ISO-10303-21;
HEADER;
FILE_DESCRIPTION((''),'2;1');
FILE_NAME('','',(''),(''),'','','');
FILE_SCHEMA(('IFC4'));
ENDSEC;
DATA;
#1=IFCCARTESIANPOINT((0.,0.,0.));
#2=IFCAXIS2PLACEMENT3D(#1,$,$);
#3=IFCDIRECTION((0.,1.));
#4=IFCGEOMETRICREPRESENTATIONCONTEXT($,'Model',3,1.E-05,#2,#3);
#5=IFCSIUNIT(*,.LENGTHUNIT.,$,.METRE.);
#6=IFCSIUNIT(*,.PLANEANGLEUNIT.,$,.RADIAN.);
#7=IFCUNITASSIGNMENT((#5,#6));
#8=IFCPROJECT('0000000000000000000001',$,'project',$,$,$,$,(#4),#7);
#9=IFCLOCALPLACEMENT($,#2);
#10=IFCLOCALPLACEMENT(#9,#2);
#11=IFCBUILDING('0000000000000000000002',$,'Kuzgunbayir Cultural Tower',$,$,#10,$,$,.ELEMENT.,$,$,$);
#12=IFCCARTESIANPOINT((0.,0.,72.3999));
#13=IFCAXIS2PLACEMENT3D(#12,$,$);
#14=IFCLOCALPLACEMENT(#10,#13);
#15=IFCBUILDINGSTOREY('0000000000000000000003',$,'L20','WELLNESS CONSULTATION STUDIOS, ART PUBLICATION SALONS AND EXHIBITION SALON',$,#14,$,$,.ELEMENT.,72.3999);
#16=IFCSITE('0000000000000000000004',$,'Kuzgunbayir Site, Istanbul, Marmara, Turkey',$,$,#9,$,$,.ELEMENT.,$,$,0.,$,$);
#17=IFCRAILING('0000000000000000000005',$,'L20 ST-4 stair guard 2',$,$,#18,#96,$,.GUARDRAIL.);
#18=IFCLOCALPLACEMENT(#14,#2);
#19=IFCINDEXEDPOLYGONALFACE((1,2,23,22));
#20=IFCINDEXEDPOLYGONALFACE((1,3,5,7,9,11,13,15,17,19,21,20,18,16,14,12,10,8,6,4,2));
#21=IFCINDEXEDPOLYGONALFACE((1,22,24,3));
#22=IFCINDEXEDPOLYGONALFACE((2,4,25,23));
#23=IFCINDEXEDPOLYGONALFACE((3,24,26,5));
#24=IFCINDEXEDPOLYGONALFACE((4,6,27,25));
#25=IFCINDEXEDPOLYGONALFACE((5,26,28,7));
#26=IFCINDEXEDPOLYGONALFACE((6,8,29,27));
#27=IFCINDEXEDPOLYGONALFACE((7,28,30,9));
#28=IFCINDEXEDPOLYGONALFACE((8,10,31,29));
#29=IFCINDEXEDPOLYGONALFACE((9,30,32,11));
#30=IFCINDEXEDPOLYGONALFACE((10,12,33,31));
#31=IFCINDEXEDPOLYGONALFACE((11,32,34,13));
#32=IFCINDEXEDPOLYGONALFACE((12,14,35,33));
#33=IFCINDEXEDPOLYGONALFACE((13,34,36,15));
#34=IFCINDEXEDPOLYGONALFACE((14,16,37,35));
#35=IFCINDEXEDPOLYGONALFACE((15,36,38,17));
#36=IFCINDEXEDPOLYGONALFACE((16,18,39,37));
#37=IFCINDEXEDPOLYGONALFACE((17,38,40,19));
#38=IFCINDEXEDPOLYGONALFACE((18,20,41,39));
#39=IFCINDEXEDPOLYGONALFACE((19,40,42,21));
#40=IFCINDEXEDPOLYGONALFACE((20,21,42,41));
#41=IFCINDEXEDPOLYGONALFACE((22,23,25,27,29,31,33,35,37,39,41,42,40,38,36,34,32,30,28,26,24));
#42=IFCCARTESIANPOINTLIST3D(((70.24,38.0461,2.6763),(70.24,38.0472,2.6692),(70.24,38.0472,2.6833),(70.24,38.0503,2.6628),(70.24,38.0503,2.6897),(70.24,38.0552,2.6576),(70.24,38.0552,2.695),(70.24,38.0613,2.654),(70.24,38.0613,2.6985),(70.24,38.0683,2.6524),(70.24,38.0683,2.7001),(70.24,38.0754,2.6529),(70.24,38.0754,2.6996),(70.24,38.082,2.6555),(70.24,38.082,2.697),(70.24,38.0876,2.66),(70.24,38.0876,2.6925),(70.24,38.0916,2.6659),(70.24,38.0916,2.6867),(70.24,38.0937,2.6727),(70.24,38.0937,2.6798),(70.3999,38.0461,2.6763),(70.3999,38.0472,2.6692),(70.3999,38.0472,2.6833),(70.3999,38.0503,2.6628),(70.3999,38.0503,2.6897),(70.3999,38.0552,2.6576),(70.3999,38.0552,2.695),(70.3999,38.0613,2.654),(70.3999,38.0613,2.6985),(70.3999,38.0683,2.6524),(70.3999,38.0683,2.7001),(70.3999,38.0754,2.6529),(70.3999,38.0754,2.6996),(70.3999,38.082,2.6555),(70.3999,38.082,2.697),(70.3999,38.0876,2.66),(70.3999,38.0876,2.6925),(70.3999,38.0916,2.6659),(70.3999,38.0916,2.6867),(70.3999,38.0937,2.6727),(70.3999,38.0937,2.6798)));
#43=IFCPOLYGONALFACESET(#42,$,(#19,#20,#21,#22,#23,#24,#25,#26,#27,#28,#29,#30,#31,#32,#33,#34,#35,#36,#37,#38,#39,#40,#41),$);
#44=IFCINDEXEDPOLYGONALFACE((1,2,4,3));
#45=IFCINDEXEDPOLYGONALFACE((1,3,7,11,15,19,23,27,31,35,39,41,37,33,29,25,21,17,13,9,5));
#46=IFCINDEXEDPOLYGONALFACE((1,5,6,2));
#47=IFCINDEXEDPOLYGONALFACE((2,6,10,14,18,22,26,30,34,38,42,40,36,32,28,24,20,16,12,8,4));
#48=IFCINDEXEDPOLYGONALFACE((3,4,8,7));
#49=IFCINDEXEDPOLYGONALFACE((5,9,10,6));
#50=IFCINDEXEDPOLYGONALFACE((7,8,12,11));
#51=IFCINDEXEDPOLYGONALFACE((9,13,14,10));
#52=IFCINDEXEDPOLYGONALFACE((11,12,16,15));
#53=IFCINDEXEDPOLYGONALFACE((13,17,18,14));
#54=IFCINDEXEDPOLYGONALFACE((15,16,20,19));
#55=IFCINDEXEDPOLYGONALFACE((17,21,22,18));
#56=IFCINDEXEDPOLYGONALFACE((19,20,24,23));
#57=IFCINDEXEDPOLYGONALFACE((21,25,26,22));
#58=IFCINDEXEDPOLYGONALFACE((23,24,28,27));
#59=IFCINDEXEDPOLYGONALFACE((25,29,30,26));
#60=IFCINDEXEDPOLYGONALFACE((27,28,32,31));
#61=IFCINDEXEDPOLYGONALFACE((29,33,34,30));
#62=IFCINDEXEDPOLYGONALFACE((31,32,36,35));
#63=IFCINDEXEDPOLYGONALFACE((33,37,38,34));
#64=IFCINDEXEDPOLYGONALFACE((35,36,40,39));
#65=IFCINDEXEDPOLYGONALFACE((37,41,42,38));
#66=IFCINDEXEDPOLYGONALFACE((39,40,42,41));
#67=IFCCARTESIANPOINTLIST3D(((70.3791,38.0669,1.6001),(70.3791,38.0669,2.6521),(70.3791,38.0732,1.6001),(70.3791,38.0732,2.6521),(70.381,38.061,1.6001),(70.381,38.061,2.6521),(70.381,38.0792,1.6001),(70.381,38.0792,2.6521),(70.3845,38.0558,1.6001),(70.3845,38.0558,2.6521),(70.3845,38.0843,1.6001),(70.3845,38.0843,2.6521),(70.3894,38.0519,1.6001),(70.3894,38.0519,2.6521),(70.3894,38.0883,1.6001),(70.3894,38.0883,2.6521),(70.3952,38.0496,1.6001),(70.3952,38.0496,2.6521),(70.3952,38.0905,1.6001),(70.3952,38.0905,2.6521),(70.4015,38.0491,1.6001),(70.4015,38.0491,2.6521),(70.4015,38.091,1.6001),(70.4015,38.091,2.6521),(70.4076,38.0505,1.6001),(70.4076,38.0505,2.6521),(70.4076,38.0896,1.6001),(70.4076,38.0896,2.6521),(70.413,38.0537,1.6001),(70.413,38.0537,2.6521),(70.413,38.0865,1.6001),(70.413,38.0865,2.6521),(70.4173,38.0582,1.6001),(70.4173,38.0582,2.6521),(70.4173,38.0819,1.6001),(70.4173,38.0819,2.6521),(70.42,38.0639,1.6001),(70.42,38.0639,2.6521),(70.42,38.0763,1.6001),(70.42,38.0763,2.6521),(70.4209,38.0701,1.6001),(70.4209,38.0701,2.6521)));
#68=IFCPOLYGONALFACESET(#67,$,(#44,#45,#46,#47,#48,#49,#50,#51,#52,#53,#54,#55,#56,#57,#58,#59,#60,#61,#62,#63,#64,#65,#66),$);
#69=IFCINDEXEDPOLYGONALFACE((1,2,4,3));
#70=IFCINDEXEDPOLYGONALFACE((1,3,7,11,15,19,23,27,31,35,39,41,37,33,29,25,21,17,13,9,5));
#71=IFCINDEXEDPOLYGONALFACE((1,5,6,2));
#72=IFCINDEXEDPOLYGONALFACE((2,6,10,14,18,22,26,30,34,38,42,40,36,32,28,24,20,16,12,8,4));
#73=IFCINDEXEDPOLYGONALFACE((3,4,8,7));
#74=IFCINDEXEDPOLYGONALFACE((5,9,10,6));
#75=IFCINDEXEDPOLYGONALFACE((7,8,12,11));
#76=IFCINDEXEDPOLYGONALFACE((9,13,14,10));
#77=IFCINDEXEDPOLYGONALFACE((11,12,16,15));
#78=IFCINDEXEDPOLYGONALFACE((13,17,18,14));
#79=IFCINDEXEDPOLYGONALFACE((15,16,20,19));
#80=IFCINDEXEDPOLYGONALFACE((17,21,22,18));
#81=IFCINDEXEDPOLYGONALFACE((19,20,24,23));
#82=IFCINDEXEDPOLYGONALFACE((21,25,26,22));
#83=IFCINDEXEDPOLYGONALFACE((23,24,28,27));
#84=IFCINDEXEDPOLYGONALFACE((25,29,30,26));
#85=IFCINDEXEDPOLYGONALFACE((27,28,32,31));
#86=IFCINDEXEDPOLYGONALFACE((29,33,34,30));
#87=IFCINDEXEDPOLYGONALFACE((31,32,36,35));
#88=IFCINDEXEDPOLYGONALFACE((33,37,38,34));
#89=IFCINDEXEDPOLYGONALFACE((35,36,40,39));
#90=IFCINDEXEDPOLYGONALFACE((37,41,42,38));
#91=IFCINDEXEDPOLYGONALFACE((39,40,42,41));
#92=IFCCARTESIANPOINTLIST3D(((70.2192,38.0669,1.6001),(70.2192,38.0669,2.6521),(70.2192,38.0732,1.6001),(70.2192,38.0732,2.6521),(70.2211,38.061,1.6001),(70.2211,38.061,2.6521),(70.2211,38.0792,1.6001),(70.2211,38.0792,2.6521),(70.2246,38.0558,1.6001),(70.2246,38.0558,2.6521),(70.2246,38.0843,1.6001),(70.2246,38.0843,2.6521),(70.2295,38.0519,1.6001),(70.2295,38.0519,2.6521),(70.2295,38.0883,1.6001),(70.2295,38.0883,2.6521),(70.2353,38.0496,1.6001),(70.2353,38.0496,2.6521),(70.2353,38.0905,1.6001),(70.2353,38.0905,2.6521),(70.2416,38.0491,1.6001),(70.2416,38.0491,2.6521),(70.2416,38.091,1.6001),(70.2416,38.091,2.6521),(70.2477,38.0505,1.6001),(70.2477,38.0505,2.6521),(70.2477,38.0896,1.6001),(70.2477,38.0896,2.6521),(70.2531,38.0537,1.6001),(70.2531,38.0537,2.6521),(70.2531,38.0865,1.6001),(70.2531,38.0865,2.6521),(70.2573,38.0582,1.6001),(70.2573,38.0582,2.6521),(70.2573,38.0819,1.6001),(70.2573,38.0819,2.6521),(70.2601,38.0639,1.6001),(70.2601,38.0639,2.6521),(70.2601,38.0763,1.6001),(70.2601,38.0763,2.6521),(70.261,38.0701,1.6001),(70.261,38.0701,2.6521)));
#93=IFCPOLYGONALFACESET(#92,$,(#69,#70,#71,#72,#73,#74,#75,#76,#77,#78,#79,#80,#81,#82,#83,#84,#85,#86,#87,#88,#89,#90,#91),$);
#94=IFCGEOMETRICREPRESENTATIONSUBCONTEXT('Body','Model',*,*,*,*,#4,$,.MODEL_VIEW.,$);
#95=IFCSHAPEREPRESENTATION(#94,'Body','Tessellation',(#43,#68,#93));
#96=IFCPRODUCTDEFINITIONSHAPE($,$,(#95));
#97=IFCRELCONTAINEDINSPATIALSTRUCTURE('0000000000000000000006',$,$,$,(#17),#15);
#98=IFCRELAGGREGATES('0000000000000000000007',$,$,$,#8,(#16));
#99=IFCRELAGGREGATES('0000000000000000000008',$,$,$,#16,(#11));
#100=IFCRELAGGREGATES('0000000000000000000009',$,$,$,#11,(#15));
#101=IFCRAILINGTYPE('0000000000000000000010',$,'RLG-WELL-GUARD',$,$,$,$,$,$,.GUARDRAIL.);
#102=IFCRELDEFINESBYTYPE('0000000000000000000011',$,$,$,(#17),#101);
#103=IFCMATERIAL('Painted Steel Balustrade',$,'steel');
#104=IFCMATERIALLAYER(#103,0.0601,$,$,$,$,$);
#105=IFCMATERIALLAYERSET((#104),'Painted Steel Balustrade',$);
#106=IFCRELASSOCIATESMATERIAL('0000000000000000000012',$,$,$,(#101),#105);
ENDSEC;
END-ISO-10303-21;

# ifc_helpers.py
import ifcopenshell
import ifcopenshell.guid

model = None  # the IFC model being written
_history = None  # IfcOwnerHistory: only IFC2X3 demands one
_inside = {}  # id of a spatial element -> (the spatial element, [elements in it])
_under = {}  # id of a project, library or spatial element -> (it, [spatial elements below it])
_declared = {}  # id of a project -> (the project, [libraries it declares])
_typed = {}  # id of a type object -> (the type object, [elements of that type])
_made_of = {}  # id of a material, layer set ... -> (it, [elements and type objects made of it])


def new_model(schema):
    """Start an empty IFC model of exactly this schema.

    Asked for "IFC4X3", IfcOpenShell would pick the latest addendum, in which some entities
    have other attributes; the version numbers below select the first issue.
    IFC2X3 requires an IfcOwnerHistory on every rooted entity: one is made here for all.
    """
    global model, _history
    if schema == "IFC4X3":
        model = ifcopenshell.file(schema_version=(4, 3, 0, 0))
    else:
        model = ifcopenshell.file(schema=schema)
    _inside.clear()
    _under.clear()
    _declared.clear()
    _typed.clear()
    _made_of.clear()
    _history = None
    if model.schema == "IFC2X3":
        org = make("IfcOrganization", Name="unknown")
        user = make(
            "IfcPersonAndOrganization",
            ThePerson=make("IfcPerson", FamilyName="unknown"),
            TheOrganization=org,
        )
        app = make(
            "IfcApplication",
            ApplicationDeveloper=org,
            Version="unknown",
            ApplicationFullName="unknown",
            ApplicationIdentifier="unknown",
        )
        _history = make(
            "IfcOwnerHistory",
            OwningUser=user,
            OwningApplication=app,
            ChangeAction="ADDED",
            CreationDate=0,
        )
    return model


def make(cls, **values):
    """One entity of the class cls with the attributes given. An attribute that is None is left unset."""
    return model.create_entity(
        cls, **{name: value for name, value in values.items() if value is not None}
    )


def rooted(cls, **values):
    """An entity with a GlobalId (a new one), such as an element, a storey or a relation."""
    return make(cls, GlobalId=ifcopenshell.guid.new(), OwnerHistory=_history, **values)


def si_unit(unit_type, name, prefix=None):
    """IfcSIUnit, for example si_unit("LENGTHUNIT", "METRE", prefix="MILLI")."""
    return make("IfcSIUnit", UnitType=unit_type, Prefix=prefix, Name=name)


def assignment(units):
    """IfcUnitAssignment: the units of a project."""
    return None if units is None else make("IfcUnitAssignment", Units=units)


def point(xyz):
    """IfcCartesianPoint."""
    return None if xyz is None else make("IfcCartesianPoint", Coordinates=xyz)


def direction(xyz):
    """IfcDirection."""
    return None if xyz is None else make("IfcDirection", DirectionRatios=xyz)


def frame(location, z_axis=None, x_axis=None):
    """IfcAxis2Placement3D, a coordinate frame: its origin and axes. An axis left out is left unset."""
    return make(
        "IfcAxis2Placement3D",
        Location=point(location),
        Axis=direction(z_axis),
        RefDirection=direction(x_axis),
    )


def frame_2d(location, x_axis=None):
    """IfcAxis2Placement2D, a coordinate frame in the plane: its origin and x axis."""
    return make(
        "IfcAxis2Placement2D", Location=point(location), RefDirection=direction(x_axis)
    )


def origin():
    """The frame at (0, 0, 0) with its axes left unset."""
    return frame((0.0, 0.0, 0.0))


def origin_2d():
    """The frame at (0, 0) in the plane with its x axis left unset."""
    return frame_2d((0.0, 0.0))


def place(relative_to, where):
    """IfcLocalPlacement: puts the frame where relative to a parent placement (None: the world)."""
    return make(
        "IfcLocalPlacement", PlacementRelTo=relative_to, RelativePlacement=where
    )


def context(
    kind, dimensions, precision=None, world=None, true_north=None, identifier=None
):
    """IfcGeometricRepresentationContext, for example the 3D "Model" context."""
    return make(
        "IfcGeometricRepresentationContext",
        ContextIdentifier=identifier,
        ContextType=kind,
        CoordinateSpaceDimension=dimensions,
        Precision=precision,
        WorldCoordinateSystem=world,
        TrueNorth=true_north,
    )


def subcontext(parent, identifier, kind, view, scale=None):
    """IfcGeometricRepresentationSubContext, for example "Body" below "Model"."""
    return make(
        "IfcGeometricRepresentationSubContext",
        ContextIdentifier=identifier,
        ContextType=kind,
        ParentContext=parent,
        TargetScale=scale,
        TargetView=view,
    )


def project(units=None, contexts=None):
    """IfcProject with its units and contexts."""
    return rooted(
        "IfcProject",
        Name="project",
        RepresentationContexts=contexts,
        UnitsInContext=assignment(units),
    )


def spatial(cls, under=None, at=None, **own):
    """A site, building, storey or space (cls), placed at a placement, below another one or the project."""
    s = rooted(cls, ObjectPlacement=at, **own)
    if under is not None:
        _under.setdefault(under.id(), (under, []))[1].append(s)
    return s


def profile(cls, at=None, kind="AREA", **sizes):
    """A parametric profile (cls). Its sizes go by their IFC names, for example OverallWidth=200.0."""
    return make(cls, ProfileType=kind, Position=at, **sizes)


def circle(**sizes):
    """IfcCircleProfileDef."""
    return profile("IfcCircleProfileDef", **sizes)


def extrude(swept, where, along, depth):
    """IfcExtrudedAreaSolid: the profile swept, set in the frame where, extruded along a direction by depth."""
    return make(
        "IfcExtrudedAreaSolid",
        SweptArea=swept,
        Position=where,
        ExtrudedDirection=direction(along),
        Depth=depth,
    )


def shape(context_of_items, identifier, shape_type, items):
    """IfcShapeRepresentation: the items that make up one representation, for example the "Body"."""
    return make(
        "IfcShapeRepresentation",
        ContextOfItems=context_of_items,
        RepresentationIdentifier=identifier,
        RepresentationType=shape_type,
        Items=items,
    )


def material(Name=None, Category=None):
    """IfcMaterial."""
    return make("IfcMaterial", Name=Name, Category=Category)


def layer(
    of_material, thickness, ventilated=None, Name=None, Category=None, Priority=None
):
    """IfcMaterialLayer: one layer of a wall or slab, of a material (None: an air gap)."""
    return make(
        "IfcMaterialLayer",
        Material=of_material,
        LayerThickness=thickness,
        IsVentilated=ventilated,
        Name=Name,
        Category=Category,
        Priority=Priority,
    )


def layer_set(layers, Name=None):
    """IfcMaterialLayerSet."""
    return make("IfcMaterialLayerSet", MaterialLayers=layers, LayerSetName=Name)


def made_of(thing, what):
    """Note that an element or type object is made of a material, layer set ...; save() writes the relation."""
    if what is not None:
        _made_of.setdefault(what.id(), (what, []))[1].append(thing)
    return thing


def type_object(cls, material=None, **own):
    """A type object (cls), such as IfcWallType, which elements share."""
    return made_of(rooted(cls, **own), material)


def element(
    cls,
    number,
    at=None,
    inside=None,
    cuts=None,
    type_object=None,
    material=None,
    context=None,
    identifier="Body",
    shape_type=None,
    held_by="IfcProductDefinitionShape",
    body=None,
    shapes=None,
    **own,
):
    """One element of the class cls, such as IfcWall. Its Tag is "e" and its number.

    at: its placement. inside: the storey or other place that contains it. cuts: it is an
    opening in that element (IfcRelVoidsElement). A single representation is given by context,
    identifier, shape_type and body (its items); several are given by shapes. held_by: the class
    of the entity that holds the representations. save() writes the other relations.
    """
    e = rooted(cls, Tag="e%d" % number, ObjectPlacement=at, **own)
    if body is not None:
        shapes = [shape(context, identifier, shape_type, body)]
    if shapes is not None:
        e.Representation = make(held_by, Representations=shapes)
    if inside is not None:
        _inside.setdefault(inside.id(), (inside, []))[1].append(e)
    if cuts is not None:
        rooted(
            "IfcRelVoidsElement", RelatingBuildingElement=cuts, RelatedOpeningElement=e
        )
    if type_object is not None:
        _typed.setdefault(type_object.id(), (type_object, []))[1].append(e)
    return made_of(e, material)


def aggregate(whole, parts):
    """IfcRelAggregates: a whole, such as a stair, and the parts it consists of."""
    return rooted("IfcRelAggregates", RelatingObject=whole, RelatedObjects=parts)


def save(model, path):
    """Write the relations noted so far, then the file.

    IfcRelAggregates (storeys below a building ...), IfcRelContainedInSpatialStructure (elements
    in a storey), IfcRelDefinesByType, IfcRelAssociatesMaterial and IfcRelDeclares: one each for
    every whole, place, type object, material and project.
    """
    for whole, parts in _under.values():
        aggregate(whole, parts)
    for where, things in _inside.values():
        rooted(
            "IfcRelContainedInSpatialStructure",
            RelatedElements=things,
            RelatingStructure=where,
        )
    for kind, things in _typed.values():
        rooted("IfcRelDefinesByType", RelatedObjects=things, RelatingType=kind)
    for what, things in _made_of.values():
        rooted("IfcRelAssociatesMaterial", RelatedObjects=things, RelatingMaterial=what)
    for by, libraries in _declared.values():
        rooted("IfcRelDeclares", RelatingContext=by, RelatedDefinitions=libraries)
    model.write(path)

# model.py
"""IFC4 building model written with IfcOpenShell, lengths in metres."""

from ifc_helpers import new_model, si_unit, direction, frame, origin, origin_2d, place, context, subcontext, project, spatial, circle, extrude, material, layer, layer_set, type_object, element, save


model = new_model("IFC4")

# Units and contexts
model_context = context("Model", 3, precision=1e-05, world=origin(), true_north=direction((0.0, 1.0)))
body_context = subcontext(model_context, "Body", "Model", "MODEL_VIEW")
ifc_project = project(units=[si_unit("LENGTHUNIT", "METRE"), si_unit("PLANEANGLEUNIT", "RADIAN")], contexts=[model_context])

# Site, building, storey
site_placement = place(None, origin())
site = spatial("IfcSite", under=ifc_project, at=site_placement, Name="Kuzgunbayir Site, Istanbul, Marmara, Turkey", CompositionType="ELEMENT", RefElevation=0.0)
building_placement = place(site_placement, origin())
building = spatial("IfcBuilding", under=site, at=building_placement, Name="Kuzgunbayir Cultural Tower", CompositionType="ELEMENT")
storey_placement = place(building_placement, frame((0.0, 0.0, 72.3999)))
storey = spatial("IfcBuildingStorey", under=building, at=storey_placement, Name="L20", Description="WELLNESS CONSULTATION STUDIOS, ART PUBLICATION SALONS AND EXHIBITION SALON", CompositionType="ELEMENT", Elevation=72.3999)

# Railing
ifc_material_1 = material(Name="Painted Steel Balustrade", Category="steel")
ifc_layer_1 = layer(ifc_material_1, 0.0601)
ifc_layer_set_1 = layer_set([ifc_layer_1], Name="Painted Steel Balustrade")
railing_type_1 = type_object("IfcRailingType", Name="RLG-WELL-GUARD", PredefinedType="GUARDRAIL", material=ifc_layer_set_1)
railing_1_placement = place(storey_placement, frame((70.3999, 38.0701, 1.6001)))
element("IfcRailing", 1, at=railing_1_placement, inside=storey, type_object=railing_type_1, Name="L20 ST-4 stair guard 2", PredefinedType="GUARDRAIL", context=body_context, shape_type="SweptSolid", body=[
    extrude(circle(Radius=0.0239, at=origin_2d()), frame((0.0, 0.0, 1.0762), z_axis=(-1.0, 0.0, 0.0), x_axis=(0.0, -1.0, 0.0)), (0.0, 0.0, 1.0), 0.1599),
    extrude(circle(Radius=0.021, at=origin_2d()), origin(), (0.0, 0.0, 1.0), 1.052),
    extrude(circle(Radius=0.021, at=origin_2d()), frame((-0.1599, 0.0, 0.0)), (0.0, 0.0, 1.0), 1.052),
])

save(model, "model.ifc")
